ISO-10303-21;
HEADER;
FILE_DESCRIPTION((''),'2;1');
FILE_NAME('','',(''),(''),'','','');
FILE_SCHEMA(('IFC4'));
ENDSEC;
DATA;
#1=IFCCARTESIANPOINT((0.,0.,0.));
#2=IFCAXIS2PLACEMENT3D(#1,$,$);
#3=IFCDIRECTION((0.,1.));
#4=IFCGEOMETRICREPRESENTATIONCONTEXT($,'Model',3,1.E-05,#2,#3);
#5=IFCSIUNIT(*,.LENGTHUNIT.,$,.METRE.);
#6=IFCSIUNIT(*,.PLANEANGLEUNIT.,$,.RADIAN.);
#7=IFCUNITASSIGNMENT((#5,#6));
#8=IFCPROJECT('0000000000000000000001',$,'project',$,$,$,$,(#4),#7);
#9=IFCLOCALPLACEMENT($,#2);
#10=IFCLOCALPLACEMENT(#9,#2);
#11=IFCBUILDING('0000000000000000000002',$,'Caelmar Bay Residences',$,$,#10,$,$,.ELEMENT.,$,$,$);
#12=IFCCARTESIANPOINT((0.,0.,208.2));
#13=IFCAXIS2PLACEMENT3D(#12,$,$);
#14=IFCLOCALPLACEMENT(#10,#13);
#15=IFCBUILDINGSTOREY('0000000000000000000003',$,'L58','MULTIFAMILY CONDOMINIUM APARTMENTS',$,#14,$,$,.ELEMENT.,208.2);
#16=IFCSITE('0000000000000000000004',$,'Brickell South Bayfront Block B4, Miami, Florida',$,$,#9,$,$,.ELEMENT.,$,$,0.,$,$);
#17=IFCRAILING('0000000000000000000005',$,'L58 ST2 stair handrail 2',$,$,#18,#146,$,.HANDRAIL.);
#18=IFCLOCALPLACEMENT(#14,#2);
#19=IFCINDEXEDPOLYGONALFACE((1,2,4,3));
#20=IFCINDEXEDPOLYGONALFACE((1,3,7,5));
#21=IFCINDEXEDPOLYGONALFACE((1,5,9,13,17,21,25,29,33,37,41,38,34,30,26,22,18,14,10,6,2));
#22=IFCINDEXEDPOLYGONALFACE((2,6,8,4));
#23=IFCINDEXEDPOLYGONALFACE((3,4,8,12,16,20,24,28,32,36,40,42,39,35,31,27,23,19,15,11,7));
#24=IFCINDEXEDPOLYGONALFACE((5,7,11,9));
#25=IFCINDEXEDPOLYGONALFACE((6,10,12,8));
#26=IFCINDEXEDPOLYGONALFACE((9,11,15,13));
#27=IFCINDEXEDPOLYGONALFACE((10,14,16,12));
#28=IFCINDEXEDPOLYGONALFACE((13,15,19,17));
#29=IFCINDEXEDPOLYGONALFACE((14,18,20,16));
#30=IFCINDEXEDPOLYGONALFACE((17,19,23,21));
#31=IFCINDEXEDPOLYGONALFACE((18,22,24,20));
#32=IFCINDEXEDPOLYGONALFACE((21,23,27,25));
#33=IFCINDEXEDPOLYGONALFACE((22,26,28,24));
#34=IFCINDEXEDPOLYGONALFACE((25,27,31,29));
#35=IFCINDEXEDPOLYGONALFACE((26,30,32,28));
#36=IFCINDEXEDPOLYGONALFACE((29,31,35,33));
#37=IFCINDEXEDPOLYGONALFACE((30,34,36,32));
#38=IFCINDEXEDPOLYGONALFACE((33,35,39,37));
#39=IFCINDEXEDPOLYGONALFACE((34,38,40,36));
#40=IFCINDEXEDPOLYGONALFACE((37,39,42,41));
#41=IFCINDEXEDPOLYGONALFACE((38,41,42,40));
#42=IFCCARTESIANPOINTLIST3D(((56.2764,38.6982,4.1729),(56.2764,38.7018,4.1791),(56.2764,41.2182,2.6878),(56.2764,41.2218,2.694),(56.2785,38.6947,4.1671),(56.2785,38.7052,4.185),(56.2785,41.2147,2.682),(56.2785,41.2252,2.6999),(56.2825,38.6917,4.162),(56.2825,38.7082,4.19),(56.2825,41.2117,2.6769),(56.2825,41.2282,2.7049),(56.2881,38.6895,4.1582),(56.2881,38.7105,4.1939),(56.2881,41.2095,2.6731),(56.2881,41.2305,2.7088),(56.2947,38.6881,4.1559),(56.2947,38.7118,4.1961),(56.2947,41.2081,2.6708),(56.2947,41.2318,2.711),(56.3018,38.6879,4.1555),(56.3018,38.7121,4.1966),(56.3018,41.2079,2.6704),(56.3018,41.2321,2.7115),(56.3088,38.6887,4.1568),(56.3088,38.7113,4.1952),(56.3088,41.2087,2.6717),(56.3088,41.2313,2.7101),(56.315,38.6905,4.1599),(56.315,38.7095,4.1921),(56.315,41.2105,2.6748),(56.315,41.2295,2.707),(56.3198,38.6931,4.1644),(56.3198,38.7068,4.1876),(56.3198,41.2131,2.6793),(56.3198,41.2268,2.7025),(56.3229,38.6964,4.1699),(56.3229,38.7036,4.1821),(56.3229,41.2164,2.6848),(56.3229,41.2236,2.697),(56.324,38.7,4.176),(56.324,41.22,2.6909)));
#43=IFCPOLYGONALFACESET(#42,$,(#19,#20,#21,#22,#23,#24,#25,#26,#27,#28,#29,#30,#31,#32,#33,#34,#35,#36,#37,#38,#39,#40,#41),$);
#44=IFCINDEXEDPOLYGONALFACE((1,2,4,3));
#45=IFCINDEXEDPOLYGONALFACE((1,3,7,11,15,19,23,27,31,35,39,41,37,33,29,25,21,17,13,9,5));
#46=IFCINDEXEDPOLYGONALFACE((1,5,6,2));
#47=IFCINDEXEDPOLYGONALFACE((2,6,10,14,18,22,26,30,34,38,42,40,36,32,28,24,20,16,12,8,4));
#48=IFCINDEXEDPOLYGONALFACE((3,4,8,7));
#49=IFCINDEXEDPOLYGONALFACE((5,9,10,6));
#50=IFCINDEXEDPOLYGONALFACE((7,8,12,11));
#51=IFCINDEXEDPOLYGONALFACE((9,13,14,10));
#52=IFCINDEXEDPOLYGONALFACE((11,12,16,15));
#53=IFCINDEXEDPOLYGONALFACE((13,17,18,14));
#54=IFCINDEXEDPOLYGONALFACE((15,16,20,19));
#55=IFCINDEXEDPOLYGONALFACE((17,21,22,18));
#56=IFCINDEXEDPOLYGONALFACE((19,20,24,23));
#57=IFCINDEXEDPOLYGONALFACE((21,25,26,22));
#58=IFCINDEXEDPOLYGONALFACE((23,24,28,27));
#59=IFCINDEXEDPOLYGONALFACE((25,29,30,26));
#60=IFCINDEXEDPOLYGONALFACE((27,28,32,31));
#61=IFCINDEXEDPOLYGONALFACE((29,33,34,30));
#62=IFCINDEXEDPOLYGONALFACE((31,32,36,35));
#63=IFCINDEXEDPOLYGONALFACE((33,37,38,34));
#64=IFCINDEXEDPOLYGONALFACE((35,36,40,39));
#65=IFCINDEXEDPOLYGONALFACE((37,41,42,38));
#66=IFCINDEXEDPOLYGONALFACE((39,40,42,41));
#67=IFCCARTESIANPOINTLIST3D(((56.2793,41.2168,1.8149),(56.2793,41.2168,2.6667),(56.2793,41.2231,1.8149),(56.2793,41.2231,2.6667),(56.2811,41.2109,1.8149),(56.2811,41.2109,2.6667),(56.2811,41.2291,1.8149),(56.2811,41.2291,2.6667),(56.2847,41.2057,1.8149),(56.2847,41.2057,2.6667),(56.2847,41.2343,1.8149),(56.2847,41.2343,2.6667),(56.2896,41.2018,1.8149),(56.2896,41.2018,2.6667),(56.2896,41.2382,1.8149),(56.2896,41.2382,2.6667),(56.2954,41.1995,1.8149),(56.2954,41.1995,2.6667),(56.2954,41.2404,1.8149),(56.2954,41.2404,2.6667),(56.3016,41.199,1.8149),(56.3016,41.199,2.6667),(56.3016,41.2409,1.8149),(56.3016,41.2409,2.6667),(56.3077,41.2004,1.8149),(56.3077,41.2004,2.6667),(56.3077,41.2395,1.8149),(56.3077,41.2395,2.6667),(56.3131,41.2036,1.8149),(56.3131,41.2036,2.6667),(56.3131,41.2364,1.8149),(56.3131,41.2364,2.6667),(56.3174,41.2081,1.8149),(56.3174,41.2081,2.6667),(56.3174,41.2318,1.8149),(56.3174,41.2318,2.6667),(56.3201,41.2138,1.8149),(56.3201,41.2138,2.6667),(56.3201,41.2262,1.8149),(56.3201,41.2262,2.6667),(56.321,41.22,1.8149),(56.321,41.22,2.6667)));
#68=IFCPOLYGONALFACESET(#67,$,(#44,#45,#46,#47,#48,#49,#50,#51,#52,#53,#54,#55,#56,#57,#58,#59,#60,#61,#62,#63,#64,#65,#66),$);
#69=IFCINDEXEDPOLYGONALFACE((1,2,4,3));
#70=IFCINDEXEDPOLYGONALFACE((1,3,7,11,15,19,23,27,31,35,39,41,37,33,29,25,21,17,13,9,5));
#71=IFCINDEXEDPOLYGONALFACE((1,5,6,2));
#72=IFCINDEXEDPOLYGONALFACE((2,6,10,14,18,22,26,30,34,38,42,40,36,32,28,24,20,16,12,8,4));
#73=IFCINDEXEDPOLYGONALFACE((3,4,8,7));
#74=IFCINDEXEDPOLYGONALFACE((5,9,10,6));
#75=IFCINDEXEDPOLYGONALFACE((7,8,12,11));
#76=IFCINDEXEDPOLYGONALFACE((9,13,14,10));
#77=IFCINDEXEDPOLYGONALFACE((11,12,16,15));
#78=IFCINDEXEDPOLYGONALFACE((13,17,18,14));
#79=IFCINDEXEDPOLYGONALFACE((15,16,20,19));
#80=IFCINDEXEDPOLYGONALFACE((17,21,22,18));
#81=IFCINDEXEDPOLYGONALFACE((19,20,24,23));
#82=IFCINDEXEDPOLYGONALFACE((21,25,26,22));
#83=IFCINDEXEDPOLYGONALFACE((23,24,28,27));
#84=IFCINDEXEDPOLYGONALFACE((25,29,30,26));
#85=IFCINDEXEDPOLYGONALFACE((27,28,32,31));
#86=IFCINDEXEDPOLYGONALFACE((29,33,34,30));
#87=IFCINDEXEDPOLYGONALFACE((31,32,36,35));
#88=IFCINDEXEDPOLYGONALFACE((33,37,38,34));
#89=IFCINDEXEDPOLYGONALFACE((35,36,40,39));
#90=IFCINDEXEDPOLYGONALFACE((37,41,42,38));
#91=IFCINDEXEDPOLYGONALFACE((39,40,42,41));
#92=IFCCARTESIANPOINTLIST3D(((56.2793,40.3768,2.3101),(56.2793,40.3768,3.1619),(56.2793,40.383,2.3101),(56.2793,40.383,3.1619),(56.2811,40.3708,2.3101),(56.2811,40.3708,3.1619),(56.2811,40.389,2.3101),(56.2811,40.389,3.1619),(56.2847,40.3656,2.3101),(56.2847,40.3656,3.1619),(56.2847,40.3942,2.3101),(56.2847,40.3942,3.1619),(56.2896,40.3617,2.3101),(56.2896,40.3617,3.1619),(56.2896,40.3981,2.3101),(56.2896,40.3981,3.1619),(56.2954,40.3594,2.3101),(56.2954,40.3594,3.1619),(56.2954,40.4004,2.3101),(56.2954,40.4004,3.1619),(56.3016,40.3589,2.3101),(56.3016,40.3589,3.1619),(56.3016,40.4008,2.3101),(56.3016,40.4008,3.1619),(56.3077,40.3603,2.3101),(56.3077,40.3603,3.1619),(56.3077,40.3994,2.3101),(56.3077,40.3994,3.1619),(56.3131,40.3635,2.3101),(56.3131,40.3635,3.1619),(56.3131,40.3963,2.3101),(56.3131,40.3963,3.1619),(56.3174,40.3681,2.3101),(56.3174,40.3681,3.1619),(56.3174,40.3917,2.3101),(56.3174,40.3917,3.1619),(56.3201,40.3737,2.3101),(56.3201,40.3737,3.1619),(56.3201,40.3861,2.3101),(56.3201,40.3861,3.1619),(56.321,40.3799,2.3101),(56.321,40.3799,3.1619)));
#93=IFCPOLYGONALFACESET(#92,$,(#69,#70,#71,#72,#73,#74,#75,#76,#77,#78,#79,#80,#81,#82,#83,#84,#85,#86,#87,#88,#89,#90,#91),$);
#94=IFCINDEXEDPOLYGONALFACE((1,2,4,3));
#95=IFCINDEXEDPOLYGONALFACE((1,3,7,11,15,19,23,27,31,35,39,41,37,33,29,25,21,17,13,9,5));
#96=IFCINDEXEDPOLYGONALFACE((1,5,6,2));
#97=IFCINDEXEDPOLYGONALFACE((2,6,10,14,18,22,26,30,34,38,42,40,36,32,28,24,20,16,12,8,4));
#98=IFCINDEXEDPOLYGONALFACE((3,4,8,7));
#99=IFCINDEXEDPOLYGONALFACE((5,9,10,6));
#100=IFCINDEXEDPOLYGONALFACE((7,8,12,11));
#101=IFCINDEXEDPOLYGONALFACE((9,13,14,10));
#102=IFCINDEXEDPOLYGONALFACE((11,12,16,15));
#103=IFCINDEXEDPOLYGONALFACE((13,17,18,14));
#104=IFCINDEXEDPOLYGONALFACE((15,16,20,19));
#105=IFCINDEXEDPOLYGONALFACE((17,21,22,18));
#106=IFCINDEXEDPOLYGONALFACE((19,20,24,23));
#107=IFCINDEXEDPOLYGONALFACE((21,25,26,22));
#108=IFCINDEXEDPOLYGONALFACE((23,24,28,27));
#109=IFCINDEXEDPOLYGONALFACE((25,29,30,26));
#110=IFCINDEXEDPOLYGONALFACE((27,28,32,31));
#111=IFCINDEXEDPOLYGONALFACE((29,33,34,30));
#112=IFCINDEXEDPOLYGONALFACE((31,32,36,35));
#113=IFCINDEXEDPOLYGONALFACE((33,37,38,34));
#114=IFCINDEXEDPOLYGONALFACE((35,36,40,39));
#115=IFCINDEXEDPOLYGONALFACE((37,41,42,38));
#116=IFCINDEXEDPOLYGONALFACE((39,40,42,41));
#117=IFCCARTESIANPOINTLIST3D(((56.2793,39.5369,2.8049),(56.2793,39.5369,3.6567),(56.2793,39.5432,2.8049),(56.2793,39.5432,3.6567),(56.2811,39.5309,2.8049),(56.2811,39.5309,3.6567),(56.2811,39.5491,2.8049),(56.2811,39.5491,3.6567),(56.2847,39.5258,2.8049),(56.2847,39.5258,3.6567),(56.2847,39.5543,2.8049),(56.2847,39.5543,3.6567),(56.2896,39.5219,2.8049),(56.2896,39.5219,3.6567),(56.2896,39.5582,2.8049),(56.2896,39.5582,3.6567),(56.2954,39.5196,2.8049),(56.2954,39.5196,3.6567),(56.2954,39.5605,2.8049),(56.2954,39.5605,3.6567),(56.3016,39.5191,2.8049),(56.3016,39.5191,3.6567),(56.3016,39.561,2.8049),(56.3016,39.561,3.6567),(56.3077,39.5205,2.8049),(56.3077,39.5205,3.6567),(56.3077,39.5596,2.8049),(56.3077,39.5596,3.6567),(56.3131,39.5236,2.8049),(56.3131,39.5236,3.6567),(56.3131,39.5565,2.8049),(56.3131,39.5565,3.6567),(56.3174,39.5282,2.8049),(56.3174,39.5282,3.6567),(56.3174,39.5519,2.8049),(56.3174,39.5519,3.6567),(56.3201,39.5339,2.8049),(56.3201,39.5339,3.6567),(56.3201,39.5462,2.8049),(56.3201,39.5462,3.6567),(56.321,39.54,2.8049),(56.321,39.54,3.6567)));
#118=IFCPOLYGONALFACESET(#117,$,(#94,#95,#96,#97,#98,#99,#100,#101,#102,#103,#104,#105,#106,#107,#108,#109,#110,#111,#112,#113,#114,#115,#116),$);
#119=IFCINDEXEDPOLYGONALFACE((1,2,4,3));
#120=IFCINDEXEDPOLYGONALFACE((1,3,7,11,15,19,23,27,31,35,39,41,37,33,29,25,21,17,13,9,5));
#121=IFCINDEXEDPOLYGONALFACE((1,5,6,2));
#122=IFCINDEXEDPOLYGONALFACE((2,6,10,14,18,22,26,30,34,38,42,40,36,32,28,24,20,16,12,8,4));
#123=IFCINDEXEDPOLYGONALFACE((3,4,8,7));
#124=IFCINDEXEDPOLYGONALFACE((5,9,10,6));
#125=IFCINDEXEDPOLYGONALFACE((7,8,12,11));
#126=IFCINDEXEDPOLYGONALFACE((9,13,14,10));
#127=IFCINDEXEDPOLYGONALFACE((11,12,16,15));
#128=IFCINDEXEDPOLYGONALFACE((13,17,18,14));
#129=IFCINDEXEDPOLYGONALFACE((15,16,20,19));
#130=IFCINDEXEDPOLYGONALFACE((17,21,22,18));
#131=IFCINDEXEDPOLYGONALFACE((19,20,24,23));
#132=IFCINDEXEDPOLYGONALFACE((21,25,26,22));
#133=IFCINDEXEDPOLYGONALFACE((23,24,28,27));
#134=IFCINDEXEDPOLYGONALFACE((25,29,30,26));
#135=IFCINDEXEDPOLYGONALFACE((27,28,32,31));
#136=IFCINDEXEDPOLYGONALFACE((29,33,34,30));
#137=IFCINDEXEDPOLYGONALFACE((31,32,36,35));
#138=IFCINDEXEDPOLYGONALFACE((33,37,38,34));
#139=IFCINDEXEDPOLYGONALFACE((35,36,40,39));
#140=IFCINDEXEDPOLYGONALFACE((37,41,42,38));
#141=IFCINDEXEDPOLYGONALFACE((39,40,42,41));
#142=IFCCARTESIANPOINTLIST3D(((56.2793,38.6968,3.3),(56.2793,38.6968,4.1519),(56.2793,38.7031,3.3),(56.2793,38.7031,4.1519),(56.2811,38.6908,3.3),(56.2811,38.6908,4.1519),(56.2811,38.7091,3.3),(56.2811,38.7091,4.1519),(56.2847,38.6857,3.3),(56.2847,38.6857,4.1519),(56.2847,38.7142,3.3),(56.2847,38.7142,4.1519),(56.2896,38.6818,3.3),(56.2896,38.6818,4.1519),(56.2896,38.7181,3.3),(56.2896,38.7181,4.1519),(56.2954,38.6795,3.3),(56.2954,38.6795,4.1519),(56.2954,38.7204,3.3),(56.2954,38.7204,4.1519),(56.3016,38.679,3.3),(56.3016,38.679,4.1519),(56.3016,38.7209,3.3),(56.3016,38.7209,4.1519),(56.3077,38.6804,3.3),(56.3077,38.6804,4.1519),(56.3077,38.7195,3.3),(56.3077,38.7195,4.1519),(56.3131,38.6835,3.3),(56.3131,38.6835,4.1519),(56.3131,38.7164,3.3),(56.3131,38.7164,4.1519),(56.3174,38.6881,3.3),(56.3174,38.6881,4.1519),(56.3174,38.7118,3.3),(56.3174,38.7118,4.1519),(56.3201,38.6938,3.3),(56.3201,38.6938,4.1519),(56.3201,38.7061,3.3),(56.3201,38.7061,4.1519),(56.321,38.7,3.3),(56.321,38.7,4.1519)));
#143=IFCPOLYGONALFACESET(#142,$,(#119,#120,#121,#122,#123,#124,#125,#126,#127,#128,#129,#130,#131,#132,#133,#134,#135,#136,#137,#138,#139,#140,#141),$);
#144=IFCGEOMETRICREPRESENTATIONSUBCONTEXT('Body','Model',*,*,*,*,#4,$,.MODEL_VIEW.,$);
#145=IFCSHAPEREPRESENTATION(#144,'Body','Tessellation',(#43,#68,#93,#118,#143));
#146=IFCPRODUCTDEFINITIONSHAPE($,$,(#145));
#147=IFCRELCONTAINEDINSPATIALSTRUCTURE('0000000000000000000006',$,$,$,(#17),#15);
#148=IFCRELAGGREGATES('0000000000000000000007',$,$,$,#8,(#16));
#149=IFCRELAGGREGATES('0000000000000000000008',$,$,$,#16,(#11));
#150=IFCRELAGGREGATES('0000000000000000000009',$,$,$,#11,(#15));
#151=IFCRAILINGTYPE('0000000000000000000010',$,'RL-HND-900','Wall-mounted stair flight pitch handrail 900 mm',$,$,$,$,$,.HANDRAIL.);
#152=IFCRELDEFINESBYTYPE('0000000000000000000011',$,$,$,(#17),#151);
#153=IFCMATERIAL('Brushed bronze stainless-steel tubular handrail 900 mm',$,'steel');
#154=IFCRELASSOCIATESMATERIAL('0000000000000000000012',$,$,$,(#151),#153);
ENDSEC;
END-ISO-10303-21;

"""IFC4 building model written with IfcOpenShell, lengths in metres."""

from ifc_helpers import new_model, si_unit, direction, frame, origin, origin_2d, place, context, subcontext, project, spatial, circle, extrude, material, type_object, element, save


model = new_model("IFC4")

# Units and contexts
model_context = context("Model", 3, precision=1e-05, world=origin(), true_north=direction((0.0, 1.0)))
body_context = subcontext(model_context, "Body", "Model", "MODEL_VIEW")
ifc_project = project(units=[si_unit("LENGTHUNIT", "METRE"), si_unit("PLANEANGLEUNIT", "RADIAN")], contexts=[model_context])

# Site, building, storey
site_placement = place(None, origin())
site = spatial("IfcSite", under=ifc_project, at=site_placement, Name="Brickell South Bayfront Block B4, Miami, Florida", CompositionType="ELEMENT", RefElevation=0.0)
building_placement = place(site_placement, origin())
building = spatial("IfcBuilding", under=site, at=building_placement, Name="Caelmar Bay Residences", CompositionType="ELEMENT")
storey_placement = place(building_placement, frame((0.0, 0.0, 208.2)))
storey = spatial("IfcBuildingStorey", under=building, at=storey_placement, Name="L58", Description="MULTIFAMILY CONDOMINIUM APARTMENTS", CompositionType="ELEMENT", Elevation=208.2)

# Railing
ifc_material_1 = material(Name="Brushed bronze stainless-steel tubular handrail 900 mm", Category="steel")
railing_type_1 = type_object("IfcRailingType", Name="RL-HND-900", Description="Wall-mounted stair flight pitch handrail 900 mm", PredefinedType="HANDRAIL", material=ifc_material_1)
railing_1_placement = place(storey_placement, frame((56.3, 41.22, 1.8149)))
element("IfcRailing", 1, at=railing_1_placement, inside=storey, type_object=railing_type_1, Name="L58 ST2 stair handrail 2", PredefinedType="HANDRAIL", context=body_context, shape_type="SweptSolid", body=[
    extrude(circle(Radius=0.0239, at=origin_2d()), frame((0.0, 0.0, 0.876), z_axis=(0.0, -0.861524, 0.507717), x_axis=(1.0, 0.0, 0.0)), (0.0, 0.0, 1.0), 2.925),
    extrude(circle(Radius=0.021, at=origin_2d()), origin(), (0.0, 0.0, 1.0), 0.8518),
    extrude(circle(Radius=0.021, at=origin_2d()), frame((0.0, -0.8401, 0.4951)), (0.0, 0.0, 1.0), 0.8518),
    extrude(circle(Radius=0.021, at=origin_2d()), frame((0.0, -1.6799, 0.99)), (0.0, 0.0, 1.0), 0.8518),
    extrude(circle(Radius=0.021, at=origin_2d()), frame((0.0, -2.52, 1.4851)), (0.0, 0.0, 1.0), 0.8518),
])

save(model, "model.ifc")
